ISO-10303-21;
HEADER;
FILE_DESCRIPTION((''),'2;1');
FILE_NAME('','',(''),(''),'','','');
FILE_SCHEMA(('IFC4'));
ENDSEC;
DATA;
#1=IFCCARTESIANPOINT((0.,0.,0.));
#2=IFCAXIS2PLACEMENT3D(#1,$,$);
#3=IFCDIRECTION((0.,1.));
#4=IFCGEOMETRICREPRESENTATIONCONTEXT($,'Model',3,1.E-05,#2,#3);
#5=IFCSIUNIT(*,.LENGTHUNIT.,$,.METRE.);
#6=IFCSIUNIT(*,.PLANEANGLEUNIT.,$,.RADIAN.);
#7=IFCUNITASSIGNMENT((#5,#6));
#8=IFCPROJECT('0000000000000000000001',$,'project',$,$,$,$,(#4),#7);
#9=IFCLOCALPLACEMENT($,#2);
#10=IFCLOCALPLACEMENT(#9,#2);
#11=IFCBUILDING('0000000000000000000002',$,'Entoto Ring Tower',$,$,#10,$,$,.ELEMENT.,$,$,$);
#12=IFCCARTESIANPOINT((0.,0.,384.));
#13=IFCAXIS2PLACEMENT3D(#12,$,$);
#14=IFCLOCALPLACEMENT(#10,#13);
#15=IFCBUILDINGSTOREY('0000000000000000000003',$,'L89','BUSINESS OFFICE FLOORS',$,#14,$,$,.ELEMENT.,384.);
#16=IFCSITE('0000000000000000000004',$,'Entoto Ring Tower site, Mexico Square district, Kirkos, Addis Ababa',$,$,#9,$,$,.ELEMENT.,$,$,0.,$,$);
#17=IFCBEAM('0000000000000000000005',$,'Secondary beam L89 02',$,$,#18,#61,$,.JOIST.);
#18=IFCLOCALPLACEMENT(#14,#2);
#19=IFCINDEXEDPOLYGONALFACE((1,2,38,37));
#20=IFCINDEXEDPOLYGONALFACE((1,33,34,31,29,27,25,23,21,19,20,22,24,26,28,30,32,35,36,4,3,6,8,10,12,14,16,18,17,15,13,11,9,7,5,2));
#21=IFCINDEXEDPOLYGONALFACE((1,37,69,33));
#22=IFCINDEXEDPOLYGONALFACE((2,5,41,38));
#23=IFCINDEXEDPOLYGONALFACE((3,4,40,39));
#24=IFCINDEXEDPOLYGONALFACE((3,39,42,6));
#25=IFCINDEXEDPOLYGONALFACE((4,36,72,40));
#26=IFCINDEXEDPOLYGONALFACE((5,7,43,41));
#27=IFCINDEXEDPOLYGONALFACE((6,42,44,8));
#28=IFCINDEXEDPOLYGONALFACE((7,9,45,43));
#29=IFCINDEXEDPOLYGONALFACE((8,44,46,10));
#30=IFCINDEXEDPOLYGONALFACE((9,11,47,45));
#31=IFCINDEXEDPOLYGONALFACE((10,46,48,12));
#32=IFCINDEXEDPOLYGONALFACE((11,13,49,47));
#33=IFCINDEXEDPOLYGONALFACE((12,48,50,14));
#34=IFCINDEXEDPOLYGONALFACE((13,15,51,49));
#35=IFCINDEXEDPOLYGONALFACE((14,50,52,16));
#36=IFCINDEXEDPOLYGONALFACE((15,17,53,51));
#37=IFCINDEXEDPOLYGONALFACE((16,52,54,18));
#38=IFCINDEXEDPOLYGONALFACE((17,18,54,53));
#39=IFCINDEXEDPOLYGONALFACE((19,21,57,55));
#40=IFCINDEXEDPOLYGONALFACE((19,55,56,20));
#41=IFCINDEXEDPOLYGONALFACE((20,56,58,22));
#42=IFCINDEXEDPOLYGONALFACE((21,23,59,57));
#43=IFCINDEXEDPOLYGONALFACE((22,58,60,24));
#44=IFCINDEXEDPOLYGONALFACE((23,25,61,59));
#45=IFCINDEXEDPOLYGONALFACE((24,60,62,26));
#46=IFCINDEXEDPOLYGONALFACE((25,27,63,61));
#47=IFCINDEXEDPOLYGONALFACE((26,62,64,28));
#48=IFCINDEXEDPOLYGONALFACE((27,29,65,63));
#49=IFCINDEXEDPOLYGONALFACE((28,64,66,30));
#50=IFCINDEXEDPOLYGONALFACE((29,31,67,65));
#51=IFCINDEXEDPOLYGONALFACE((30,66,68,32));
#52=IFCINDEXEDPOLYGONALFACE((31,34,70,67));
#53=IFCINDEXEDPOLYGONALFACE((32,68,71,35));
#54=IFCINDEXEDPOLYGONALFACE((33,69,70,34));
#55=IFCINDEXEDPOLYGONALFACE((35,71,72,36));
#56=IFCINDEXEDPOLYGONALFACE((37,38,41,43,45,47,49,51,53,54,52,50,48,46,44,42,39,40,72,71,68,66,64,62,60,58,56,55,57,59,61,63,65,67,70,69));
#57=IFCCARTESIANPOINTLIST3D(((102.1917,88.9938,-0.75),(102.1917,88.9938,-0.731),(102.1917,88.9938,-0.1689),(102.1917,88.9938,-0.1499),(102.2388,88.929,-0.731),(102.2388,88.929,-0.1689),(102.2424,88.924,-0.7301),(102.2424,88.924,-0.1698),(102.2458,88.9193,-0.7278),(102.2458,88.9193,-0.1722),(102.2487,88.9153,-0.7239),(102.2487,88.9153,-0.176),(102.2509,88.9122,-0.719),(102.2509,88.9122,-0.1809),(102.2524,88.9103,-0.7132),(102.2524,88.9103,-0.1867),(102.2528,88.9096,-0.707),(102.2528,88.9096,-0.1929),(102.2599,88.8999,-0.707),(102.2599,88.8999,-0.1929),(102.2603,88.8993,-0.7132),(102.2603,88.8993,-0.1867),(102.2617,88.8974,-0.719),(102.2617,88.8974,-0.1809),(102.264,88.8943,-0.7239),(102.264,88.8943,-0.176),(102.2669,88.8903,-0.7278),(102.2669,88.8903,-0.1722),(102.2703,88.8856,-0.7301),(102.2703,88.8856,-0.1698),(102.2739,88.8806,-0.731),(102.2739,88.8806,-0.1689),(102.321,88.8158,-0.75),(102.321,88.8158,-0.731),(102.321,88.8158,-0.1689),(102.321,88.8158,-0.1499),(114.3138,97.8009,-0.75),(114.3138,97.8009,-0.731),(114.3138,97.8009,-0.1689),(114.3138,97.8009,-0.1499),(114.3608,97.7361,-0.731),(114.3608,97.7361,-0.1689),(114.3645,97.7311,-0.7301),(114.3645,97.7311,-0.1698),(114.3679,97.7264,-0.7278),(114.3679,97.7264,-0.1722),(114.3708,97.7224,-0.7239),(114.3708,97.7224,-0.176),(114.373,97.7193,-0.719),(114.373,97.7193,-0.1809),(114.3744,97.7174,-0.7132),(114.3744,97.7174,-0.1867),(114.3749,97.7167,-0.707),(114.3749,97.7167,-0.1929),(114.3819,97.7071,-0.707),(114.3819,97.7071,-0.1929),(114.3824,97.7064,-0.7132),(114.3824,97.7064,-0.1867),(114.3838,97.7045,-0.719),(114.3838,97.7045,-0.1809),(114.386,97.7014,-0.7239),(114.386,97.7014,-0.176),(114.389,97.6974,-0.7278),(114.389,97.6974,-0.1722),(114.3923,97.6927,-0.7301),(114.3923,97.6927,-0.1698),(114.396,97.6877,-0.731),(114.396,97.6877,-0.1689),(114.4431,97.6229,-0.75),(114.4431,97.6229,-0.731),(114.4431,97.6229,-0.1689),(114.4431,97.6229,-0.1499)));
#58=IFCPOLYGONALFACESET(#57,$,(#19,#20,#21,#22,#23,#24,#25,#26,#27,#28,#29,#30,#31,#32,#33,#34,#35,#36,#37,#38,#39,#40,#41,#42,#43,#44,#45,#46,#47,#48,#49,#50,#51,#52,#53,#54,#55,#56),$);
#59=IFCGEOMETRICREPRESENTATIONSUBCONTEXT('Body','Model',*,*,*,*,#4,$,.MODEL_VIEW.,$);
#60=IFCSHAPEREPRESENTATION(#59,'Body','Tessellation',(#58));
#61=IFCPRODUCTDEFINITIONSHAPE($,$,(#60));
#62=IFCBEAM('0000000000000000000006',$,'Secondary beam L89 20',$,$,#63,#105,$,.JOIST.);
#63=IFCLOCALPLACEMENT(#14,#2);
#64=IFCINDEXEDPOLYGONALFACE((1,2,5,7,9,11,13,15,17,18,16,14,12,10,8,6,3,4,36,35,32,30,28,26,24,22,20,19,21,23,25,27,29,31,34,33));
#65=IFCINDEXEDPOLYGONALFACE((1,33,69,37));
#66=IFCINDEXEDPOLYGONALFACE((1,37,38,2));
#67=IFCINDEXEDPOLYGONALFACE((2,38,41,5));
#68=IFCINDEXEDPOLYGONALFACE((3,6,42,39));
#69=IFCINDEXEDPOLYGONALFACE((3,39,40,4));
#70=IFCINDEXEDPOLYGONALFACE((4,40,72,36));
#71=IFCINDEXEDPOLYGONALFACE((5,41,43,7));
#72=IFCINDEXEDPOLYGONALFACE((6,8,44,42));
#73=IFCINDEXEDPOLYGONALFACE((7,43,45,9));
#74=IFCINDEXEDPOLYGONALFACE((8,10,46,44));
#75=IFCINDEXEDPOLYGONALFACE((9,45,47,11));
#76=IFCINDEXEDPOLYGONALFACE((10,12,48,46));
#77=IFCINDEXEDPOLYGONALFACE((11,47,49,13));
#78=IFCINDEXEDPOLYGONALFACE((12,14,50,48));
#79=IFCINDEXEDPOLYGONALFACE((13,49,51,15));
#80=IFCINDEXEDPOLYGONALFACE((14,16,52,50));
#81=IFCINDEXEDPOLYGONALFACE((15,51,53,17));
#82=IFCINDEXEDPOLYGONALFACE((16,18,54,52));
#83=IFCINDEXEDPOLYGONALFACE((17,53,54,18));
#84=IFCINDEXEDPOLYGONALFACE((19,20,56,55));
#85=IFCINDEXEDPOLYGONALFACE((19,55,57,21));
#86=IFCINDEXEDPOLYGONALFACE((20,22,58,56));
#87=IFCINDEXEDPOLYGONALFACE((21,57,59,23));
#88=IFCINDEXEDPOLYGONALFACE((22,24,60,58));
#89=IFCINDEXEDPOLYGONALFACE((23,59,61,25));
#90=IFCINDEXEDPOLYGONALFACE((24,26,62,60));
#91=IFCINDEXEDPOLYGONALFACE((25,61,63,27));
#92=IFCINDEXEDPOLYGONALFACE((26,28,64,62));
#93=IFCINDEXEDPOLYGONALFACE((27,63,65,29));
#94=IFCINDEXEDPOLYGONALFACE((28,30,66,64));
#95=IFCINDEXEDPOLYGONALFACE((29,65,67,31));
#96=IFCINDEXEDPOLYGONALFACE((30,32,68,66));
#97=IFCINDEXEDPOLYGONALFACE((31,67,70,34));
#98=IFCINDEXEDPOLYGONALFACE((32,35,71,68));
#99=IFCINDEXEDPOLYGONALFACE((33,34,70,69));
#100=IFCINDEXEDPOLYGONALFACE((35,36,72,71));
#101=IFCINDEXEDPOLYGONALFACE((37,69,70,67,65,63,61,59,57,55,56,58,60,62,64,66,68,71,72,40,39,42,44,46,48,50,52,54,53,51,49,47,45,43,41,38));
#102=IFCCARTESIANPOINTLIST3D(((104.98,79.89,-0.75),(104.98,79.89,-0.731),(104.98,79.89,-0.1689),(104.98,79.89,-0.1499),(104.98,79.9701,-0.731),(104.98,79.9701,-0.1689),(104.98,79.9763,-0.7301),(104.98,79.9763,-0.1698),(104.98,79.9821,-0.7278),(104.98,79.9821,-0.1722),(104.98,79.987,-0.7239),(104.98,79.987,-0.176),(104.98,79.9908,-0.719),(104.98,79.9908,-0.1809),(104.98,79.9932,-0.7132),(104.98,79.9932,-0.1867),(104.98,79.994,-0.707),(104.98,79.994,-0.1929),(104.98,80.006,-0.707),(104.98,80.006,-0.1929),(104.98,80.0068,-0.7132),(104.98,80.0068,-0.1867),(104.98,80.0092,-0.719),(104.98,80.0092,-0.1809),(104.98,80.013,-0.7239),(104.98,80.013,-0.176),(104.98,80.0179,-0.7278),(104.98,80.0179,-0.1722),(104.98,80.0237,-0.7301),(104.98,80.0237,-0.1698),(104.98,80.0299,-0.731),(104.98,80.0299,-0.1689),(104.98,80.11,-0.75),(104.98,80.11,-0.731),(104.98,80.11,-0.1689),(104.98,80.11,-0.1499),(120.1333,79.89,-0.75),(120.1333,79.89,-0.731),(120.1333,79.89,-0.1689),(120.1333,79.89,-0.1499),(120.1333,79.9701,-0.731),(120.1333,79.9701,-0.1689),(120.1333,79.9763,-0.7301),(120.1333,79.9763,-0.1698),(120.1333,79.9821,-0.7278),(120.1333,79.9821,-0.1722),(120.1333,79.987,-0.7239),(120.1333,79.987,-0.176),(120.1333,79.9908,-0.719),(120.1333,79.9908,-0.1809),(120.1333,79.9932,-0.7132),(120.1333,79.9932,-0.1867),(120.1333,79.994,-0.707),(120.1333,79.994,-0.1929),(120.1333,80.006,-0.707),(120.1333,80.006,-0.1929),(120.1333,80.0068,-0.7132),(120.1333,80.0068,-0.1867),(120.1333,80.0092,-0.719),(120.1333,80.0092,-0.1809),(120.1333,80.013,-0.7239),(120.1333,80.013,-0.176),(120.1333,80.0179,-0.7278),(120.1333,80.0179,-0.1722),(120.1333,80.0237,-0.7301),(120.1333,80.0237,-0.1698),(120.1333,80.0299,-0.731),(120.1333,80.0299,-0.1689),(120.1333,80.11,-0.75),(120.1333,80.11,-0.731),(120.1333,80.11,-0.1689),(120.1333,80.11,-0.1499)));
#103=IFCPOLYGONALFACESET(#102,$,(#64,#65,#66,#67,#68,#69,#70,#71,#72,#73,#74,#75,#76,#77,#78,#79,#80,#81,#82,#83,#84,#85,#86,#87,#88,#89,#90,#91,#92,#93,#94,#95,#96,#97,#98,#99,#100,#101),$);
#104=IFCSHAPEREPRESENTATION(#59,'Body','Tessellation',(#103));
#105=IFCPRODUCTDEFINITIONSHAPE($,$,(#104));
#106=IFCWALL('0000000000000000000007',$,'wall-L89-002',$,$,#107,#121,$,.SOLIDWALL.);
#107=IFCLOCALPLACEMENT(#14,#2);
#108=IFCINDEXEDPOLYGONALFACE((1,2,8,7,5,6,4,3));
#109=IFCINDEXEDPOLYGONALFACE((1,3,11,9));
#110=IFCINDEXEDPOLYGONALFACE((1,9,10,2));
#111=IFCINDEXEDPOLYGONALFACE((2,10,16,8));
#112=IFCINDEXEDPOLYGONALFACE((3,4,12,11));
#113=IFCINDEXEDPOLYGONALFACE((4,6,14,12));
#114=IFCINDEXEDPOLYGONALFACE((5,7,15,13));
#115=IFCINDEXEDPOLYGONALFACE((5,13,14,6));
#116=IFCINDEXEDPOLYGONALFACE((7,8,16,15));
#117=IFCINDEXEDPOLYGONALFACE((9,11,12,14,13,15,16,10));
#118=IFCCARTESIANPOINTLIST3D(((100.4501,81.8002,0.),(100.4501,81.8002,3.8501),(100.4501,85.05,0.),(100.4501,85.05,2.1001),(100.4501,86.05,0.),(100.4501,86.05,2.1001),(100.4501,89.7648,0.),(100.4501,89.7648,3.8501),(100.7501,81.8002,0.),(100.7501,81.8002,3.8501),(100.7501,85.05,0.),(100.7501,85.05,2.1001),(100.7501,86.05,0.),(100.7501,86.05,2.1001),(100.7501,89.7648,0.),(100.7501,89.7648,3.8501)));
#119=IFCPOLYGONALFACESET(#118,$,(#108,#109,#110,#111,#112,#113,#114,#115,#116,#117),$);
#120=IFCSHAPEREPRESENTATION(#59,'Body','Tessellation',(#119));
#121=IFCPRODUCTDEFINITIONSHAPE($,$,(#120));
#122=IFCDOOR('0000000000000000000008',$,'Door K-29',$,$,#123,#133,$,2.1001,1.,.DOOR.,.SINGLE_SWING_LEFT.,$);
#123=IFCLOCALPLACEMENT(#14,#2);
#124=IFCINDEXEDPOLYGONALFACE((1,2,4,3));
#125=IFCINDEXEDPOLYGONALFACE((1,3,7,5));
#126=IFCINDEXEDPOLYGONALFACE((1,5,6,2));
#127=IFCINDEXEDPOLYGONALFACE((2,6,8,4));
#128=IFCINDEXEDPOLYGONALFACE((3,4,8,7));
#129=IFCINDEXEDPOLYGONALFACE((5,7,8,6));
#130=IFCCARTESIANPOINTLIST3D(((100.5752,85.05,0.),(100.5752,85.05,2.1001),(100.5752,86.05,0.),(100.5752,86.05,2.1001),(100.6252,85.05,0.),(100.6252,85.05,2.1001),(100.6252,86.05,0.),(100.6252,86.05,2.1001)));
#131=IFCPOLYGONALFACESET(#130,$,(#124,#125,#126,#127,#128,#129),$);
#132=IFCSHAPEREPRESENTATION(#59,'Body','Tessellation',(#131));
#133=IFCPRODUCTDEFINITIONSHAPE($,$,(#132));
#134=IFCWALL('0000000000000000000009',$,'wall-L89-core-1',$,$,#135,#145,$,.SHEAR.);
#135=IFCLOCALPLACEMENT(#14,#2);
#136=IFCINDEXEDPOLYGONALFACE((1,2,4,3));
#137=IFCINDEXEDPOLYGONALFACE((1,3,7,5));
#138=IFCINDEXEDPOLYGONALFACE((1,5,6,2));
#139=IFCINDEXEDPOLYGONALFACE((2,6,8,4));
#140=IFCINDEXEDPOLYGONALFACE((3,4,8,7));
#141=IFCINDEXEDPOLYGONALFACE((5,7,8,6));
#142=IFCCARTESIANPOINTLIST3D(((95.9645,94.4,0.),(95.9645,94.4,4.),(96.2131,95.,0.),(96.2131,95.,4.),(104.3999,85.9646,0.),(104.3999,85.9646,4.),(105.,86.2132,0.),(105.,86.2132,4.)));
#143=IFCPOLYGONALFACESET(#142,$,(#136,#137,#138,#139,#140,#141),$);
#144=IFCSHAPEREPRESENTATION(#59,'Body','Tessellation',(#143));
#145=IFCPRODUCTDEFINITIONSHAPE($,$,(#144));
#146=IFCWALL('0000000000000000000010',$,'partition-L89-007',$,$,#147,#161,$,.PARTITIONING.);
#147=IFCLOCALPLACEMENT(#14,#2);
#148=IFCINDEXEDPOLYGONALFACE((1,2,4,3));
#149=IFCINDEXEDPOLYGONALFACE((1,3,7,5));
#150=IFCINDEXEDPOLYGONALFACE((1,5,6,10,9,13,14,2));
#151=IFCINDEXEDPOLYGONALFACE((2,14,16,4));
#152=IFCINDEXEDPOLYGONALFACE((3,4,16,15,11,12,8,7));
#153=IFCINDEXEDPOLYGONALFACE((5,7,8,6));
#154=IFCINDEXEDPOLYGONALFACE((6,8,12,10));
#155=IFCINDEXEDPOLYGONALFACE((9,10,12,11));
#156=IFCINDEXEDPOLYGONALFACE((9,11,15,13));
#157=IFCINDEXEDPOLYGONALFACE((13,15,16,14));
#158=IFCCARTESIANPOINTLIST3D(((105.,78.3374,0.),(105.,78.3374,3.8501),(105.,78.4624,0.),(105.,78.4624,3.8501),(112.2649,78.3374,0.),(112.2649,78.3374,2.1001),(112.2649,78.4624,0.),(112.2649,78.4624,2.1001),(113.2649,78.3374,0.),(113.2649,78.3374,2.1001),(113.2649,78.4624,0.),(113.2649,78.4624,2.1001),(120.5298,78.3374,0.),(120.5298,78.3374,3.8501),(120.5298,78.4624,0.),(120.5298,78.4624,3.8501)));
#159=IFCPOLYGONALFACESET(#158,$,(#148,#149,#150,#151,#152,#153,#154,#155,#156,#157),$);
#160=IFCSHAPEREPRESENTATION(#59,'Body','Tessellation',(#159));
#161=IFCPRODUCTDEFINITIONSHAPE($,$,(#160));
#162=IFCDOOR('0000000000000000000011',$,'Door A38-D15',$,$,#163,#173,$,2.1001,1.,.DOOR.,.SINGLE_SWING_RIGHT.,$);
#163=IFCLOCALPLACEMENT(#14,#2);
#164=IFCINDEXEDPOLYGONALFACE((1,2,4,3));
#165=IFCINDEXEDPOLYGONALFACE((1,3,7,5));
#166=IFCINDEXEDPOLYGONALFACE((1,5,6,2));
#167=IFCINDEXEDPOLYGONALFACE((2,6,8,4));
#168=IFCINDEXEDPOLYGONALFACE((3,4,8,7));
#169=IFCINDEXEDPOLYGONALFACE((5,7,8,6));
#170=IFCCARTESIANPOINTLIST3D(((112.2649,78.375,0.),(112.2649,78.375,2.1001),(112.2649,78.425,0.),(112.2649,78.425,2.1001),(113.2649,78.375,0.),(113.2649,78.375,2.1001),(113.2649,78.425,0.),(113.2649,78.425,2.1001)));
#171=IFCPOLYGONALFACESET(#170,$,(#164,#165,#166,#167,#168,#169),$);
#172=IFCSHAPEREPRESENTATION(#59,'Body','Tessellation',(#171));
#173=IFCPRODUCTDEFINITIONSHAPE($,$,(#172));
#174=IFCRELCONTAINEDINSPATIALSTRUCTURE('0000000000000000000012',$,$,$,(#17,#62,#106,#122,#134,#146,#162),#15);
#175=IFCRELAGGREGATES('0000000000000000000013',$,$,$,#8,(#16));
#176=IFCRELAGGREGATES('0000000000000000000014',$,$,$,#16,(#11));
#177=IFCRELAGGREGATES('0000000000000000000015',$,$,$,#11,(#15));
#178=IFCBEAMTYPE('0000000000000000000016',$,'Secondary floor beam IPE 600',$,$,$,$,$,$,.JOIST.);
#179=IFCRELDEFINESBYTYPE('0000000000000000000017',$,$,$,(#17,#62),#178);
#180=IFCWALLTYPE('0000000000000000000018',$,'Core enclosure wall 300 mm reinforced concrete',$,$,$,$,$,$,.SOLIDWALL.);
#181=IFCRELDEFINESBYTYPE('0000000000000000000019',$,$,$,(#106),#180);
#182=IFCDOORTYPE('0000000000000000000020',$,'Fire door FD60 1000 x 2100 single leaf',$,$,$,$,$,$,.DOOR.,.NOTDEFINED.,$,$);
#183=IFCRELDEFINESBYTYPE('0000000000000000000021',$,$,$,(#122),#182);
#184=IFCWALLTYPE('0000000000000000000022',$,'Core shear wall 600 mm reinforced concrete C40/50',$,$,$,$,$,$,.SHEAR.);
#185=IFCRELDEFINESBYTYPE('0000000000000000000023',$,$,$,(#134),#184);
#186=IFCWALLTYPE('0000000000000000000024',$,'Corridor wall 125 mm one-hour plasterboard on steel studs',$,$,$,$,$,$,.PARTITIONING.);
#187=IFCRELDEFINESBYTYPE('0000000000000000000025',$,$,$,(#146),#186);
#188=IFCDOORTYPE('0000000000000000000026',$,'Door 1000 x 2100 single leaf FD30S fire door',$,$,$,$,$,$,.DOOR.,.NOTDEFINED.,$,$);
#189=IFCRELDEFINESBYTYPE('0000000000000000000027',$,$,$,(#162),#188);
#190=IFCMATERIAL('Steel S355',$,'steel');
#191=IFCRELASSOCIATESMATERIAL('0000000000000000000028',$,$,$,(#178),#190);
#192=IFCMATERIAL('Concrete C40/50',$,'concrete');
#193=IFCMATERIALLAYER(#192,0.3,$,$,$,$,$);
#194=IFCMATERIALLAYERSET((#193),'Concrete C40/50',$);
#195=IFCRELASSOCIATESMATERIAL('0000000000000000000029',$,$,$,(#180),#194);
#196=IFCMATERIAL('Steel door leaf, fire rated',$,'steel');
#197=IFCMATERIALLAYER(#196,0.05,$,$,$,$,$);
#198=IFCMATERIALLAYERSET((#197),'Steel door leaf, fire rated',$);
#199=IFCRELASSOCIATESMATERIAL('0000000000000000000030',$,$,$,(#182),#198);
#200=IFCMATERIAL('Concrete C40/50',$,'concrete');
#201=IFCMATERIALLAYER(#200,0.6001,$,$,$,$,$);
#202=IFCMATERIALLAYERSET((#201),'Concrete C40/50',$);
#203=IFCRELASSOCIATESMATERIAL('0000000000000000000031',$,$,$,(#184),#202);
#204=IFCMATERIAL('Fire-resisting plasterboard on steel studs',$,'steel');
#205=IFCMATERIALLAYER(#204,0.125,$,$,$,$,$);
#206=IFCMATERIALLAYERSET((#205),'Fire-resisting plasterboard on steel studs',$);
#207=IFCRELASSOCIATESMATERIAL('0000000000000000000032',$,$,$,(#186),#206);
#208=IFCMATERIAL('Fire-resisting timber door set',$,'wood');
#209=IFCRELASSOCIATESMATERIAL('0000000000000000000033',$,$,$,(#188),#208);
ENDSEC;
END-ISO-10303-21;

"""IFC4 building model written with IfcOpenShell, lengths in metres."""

from ifc_helpers import new_model, si_unit, direction, frame, frame_2d, origin, origin_2d, place, context, subcontext, project, spatial, polyline, rectangle, i_section, outline, extrude, material, layer, layer_set, material_profile, profile_set, type_object, element, fill, save


model = new_model("IFC4")

# Units and contexts
model_context = context("Model", 3, precision=1e-05, world=origin(), true_north=direction((0.0, 1.0)))
body_context = subcontext(model_context, "Body", "Model", "MODEL_VIEW")
ifc_project = project(units=[si_unit("LENGTHUNIT", "METRE"), si_unit("PLANEANGLEUNIT", "RADIAN")], contexts=[model_context])

# Site, building, storey
site_placement = place(None, origin())
site = spatial("IfcSite", under=ifc_project, at=site_placement, Name="Entoto Ring Tower site, Mexico Square district, Kirkos, Addis Ababa", CompositionType="ELEMENT", RefElevation=0.0)
building_placement = place(site_placement, origin())
building = spatial("IfcBuilding", under=site, at=building_placement, Name="Entoto Ring Tower", CompositionType="ELEMENT")
storey_placement = place(building_placement, frame((0.0, 0.0, 384.0)))
storey = spatial("IfcBuildingStorey", under=building, at=storey_placement, Name="L89", Description="BUSINESS OFFICE FLOORS", CompositionType="ELEMENT", Elevation=384.0)

# Beams
ifc_material_1 = material(Name="Steel S355", Category="steel")
ifc_material_profile_1 = material_profile(ifc_material_1, i_section(OverallWidth=0.22, OverallDepth=0.6001, WebThickness=0.012, FlangeThickness=0.019, FilletRadius=0.0239, at=origin_2d()), Name="IPE 600")
ifc_profile_set_1 = profile_set([ifc_material_profile_1], Name="Steel S355")
beam_type_1 = type_object("IfcBeamType", Name="Secondary floor beam IPE 600", PredefinedType="JOIST", material=ifc_profile_set_1)
beam_1_placement = place(storey_placement, frame((102.2563, 88.9048, -0.45), z_axis=(0.809019, 0.587782, 0.0), x_axis=(-0.587782, 0.809019, 0.0)))
element("IfcBeam", 1, at=beam_1_placement, inside=storey, type_object=beam_type_1, Name="Secondary beam L89 02", PredefinedType="JOIST", context=body_context, shape_type="SweptSolid", body=[
    extrude(i_section(OverallWidth=0.22, OverallDepth=0.6001, WebThickness=0.012, FlangeThickness=0.019, FilletRadius=0.0239, at=origin_2d()), origin(), (0.0, 0.0, 1.0), 14.9836),
])
beam_2_placement = place(storey_placement, frame((104.98, 80.0, -0.45), z_axis=(1.0, 0.0, 0.0), x_axis=(0.0, 1.0, 0.0)))
element("IfcBeam", 2, at=beam_2_placement, inside=storey, type_object=beam_type_1, Name="Secondary beam L89 20", PredefinedType="JOIST", context=body_context, shape_type="SweptSolid", body=[
    extrude(i_section(OverallWidth=0.22, OverallDepth=0.6001, WebThickness=0.012, FlangeThickness=0.019, FilletRadius=0.0239, at=origin_2d()), origin(), (0.0, 0.0, 1.0), 15.1533),
])

# Wall, opening, door
ifc_material_2 = material(Name="Concrete C40/50", Category="concrete")
ifc_layer_1 = layer(ifc_material_2, 0.3)
ifc_layer_set_1 = layer_set([ifc_layer_1], Name="Concrete C40/50")
wall_type_1 = type_object("IfcWallType", Name="Core enclosure wall 300 mm reinforced concrete", PredefinedType="SOLIDWALL", material=ifc_layer_set_1)
wall_1_placement = place(storey_placement, frame((100.6001, 81.8, 0.0), z_axis=(0.0, 0.0, 1.0), x_axis=(0.0, 1.0, 0.0)))
wall_1 = element("IfcWall", 3, at=wall_1_placement, inside=storey, type_object=wall_type_1, Name="wall-L89-002", PredefinedType="SOLIDWALL", context=body_context, shape_type="SweptSolid", body=[
    extrude(rectangle(XDim=7.9646, YDim=0.3, at=frame_2d((3.9824, 0.0))), origin(), (0.0, 0.0, 1.0), 3.8501),
])
opening_1_placement = place(wall_1_placement, frame((3.25, 0.0, 0.0)))
opening_1 = element("IfcOpeningElement", 4, at=opening_1_placement, cuts=wall_1, PredefinedType="OPENING", context=body_context, shape_type="SweptSolid", body=[
    extrude(rectangle(XDim=1.0, YDim=2.1001, at=frame_2d((0.5, 1.05))), frame((0.0, 0.1602, 0.0), z_axis=(0.0, -1.0, 0.0), x_axis=(1.0, 0.0, 0.0)), (0.0, 0.0, 1.0), 0.3201),
])
ifc_material_3 = material(Name="Steel door leaf, fire rated", Category="steel")
ifc_layer_2 = layer(ifc_material_3, 0.05)
ifc_layer_set_2 = layer_set([ifc_layer_2], Name="Steel door leaf, fire rated")
door_type_1 = type_object("IfcDoorType", Name="Fire door FD60 1000 x 2100 single leaf", OperationType="NOTDEFINED", PredefinedType="DOOR", material=ifc_layer_set_2)
door_1_placement = place(opening_1_placement, origin())
door_1 = element("IfcDoor", 5, at=door_1_placement, inside=storey, type_object=door_type_1, Name="Door K-29", OperationType="SINGLE_SWING_LEFT", OverallHeight=2.1001, OverallWidth=1.0, PredefinedType="DOOR", context=body_context, shape_type="SweptSolid", body=[
    extrude(rectangle(XDim=1.0, YDim=2.1001, at=frame_2d((0.5, 1.05))), frame((0.0, 0.0249, 0.0), z_axis=(0.0, -1.0, 0.0), x_axis=(1.0, 0.0, 0.0)), (0.0, 0.0, 1.0), 0.05),
])
fill(opening_1, door_1)

# Wall
ifc_material_4 = material(Name="Concrete C40/50", Category="concrete")
ifc_layer_3 = layer(ifc_material_4, 0.6001)
ifc_layer_set_3 = layer_set([ifc_layer_3], Name="Concrete C40/50")
wall_type_2 = type_object("IfcWallType", Name="Core shear wall 600 mm reinforced concrete C40/50", PredefinedType="SHEAR", material=ifc_layer_set_3)
wall_2_placement = place(storey_placement, frame((104.7, 86.0889, 0.0), z_axis=(0.0, 0.0, 1.0), x_axis=(-0.707107, 0.707107, 0.0)))
element("IfcWall", 6, at=wall_2_placement, inside=storey, type_object=wall_type_2, Name="wall-L89-core-1", PredefinedType="SHEAR", context=body_context, shape_type="SweptSolid", body=[
    extrude(outline(polyline([(-0.1243, -0.3), (12.3022, -0.3), (12.0537, 0.3), (0.1243, 0.3), (-0.1243, -0.3)])), origin(), (0.0, 0.0, 1.0), 4.0),
])

# Wall, opening, door
ifc_material_5 = material(Name="Fire-resisting plasterboard on steel studs", Category="steel")
ifc_layer_4 = layer(ifc_material_5, 0.125)
ifc_layer_set_4 = layer_set([ifc_layer_4], Name="Fire-resisting plasterboard on steel studs")
wall_type_3 = type_object("IfcWallType", Name="Corridor wall 125 mm one-hour plasterboard on steel studs", PredefinedType="PARTITIONING", material=ifc_layer_set_4)
wall_3_placement = place(storey_placement, frame((105.0, 78.3999, 0.0), z_axis=(0.0, 0.0, 1.0), x_axis=(1.0, 0.0, 0.0)))
wall_3 = element("IfcWall", 7, at=wall_3_placement, inside=storey, type_object=wall_type_3, Name="partition-L89-007", PredefinedType="PARTITIONING", context=body_context, shape_type="SweptSolid", body=[
    extrude(rectangle(XDim=15.5298, YDim=0.125, at=frame_2d((7.7649, 0.0))), origin(), (0.0, 0.0, 1.0), 3.8501),
])
opening_2_placement = place(wall_3_placement, frame((7.2649, 0.0, 0.0)))
opening_2 = element("IfcOpeningElement", 8, at=opening_2_placement, cuts=wall_3, PredefinedType="OPENING", context=body_context, shape_type="SweptSolid", body=[
    extrude(rectangle(XDim=1.0, YDim=2.1001, at=frame_2d((0.5, 1.05))), frame((0.0, 0.0725, 0.0), z_axis=(0.0, -1.0, 0.0), x_axis=(1.0, 0.0, 0.0)), (0.0, 0.0, 1.0), 0.145),
])
ifc_material_6 = material(Name="Fire-resisting timber door set", Category="wood")
door_type_2 = type_object("IfcDoorType", Name="Door 1000 x 2100 single leaf FD30S fire door", OperationType="NOTDEFINED", PredefinedType="DOOR", material=ifc_material_6)
door_2_placement = place(opening_2_placement, frame((1.0, 0.0, 0.0), z_axis=(0.0, 0.0, 1.0), x_axis=(-1.0, 0.0, 0.0)))
door_2 = element("IfcDoor", 9, at=door_2_placement, inside=storey, type_object=door_type_2, Name="Door A38-D15", OperationType="SINGLE_SWING_RIGHT", OverallHeight=2.1001, OverallWidth=1.0, PredefinedType="DOOR", context=body_context, shape_type="SweptSolid", body=[
    extrude(rectangle(XDim=1.0, YDim=2.1001, at=frame_2d((0.5, 1.05))), frame((0.0, 0.0249, 0.0), z_axis=(0.0, -1.0, 0.0), x_axis=(1.0, 0.0, 0.0)), (0.0, 0.0, 1.0), 0.05),
])
fill(opening_2, door_2)

save(model, "model.ifc")
